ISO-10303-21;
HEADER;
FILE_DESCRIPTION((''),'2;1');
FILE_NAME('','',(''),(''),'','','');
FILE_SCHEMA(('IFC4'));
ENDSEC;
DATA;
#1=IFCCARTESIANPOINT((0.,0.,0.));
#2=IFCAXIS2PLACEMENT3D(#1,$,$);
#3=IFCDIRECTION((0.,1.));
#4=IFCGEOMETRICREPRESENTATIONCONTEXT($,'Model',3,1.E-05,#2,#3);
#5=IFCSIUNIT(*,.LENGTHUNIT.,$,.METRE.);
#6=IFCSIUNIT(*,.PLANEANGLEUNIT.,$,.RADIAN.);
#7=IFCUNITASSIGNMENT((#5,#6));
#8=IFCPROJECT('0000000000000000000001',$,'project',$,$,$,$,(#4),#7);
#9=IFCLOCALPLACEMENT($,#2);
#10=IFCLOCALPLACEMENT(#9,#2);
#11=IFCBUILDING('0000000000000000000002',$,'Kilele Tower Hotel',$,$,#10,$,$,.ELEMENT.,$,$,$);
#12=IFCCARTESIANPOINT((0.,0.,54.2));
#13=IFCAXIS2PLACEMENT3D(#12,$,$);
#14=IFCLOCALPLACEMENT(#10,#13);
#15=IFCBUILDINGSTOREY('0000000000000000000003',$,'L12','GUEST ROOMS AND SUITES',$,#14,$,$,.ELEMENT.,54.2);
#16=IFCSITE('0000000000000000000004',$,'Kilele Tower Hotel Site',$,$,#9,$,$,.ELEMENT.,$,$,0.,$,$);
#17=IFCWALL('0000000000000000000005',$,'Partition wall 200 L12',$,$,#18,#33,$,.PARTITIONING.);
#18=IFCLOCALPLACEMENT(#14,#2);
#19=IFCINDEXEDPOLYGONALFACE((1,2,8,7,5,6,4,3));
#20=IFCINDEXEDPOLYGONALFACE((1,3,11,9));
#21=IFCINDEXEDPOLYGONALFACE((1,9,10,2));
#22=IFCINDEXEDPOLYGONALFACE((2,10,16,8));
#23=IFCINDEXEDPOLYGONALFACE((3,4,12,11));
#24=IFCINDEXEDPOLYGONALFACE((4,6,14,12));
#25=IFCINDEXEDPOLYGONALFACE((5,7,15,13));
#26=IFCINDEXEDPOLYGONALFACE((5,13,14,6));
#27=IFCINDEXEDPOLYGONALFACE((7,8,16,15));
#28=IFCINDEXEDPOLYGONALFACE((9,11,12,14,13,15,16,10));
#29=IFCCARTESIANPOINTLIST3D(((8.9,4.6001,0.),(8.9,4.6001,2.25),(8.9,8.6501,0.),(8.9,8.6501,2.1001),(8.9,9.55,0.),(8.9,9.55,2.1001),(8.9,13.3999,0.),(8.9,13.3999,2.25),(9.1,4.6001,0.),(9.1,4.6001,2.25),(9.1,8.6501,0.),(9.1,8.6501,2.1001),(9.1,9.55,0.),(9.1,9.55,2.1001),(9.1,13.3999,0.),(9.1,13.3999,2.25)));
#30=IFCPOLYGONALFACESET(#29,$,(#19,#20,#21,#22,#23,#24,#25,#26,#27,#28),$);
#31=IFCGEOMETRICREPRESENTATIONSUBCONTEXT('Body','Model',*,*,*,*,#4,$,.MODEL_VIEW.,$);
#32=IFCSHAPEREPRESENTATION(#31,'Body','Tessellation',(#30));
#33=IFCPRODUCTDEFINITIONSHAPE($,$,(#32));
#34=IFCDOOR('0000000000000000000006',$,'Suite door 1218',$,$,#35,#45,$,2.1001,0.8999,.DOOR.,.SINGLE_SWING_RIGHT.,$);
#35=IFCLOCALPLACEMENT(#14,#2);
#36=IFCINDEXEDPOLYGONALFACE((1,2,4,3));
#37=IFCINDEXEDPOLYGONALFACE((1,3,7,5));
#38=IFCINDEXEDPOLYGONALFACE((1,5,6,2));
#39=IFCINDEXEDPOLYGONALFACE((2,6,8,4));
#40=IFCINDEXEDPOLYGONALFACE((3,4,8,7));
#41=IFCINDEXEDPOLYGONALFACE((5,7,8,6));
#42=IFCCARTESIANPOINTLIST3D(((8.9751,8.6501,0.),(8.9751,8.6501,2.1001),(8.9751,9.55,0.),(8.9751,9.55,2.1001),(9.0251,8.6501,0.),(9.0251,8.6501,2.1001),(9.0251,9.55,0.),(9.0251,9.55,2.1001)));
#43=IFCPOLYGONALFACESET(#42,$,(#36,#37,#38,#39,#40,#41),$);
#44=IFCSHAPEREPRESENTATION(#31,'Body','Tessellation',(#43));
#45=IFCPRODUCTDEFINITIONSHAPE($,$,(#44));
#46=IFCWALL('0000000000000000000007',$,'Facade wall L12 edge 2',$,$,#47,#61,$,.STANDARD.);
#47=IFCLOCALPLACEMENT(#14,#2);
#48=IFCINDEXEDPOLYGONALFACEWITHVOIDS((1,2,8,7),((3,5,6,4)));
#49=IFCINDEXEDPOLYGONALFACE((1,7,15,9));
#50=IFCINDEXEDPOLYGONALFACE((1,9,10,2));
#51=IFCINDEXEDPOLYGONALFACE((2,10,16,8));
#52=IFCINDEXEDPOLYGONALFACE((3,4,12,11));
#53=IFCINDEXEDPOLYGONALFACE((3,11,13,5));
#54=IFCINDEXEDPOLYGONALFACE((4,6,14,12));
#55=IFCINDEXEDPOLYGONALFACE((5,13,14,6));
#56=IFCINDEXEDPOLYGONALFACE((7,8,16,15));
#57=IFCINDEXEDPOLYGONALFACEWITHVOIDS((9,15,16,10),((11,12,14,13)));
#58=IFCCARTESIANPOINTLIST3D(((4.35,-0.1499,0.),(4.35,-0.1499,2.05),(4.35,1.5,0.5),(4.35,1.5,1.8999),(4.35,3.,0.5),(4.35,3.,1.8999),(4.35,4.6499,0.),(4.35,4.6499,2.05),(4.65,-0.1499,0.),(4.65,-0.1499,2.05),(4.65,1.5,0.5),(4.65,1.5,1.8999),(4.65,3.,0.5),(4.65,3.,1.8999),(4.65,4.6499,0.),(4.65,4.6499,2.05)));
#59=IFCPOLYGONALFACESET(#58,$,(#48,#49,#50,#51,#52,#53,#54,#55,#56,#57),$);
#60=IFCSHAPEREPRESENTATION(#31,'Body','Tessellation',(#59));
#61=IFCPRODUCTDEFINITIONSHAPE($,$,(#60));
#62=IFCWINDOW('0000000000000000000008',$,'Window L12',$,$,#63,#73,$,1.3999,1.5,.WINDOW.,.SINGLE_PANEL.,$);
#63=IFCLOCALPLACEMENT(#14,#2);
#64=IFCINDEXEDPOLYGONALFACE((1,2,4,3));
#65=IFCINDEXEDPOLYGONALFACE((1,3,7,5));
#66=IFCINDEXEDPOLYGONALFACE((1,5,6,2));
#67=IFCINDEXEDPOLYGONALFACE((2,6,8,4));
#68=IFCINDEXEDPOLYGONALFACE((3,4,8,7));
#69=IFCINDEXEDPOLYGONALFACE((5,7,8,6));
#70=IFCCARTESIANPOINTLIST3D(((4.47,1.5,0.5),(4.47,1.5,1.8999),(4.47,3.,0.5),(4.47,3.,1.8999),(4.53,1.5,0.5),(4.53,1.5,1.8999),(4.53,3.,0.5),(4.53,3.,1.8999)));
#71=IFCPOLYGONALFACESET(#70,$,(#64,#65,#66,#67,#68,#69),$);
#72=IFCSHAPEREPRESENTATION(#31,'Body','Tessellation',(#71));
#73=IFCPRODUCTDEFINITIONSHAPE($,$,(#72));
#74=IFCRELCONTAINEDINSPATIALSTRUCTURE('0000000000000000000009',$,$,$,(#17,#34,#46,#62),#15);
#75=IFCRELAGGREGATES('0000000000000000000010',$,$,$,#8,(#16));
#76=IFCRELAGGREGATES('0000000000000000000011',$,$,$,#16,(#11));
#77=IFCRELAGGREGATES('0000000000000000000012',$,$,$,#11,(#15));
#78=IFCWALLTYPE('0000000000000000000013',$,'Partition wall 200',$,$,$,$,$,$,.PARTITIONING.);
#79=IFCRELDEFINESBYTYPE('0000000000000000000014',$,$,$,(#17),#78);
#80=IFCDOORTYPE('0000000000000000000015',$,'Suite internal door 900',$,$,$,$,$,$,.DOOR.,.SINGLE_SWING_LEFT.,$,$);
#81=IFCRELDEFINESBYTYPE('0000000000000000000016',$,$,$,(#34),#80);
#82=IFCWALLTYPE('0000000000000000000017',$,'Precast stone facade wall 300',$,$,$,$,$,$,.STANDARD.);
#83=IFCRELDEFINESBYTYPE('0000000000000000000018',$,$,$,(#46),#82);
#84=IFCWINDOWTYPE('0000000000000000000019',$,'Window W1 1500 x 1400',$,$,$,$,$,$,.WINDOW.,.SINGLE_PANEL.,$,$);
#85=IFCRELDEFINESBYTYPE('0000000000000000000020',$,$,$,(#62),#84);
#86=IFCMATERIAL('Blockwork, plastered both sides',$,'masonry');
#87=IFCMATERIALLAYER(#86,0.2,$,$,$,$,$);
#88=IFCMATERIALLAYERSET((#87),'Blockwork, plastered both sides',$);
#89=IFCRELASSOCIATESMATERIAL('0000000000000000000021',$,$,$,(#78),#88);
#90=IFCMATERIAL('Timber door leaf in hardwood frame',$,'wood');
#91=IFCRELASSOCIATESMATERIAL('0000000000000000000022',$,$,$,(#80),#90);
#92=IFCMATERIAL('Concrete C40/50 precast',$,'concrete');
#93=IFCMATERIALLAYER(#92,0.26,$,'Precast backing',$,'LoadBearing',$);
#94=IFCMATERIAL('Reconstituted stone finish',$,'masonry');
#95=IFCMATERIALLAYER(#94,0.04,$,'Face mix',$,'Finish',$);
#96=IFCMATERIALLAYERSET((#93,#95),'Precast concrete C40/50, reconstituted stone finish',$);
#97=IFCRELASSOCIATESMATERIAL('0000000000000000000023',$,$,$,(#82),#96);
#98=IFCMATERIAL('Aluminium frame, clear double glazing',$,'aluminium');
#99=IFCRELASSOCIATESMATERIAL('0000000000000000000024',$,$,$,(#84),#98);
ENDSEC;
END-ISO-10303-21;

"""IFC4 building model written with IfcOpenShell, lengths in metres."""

from ifc_helpers import new_model, si_unit, direction, frame, frame_2d, origin, place, context, subcontext, project, spatial, rectangle, extrude, material, layer, layer_set, type_object, element, fill, save


model = new_model("IFC4")

# Units and contexts
model_context = context("Model", 3, precision=1e-05, world=origin(), true_north=direction((0.0, 1.0)))
body_context = subcontext(model_context, "Body", "Model", "MODEL_VIEW")
ifc_project = project(units=[si_unit("LENGTHUNIT", "METRE"), si_unit("PLANEANGLEUNIT", "RADIAN")], contexts=[model_context])

# Site, building, storey
site_placement = place(None, origin())
site = spatial("IfcSite", under=ifc_project, at=site_placement, Name="Kilele Tower Hotel Site", CompositionType="ELEMENT", RefElevation=0.0)
building_placement = place(site_placement, origin())
building = spatial("IfcBuilding", under=site, at=building_placement, Name="Kilele Tower Hotel", CompositionType="ELEMENT")
storey_placement = place(building_placement, frame((0.0, 0.0, 54.2)))
storey = spatial("IfcBuildingStorey", under=building, at=storey_placement, Name="L12", Description="GUEST ROOMS AND SUITES", CompositionType="ELEMENT", Elevation=54.2)

# Wall, opening, door
ifc_material_1 = material(Name="Blockwork, plastered both sides", Category="masonry")
ifc_layer_1 = layer(ifc_material_1, 0.2)
ifc_layer_set_1 = layer_set([ifc_layer_1], Name="Blockwork, plastered both sides")
wall_type_1 = type_object("IfcWallType", Name="Partition wall 200", PredefinedType="PARTITIONING", material=ifc_layer_set_1)
wall_1_placement = place(storey_placement, frame((9.0, 4.6001, 0.0), z_axis=(0.0, 0.0, 1.0), x_axis=(0.0, 1.0, 0.0)))
wall_1 = element("IfcWall", 1, at=wall_1_placement, inside=storey, type_object=wall_type_1, Name="Partition wall 200 L12", PredefinedType="PARTITIONING", context=body_context, shape_type="SweptSolid", body=[
    extrude(rectangle(XDim=8.7998, YDim=0.2, at=frame_2d((4.3999, 0.0))), origin(), (0.0, 0.0, 1.0), 2.25),
])
opening_1_placement = place(wall_1_placement, frame((4.05, 0.0, 0.0)))
opening_1 = element("IfcOpeningElement", 2, at=opening_1_placement, cuts=wall_1, PredefinedType="OPENING", context=body_context, shape_type="SweptSolid", body=[
    extrude(rectangle(XDim=0.8999, YDim=2.1001, at=frame_2d((0.45, 1.05))), frame((0.0, 0.1099, 0.0), z_axis=(0.0, -1.0, 0.0), x_axis=(1.0, 0.0, 0.0)), (0.0, 0.0, 1.0), 0.22),
])
ifc_material_2 = material(Name="Timber door leaf in hardwood frame", Category="wood")
door_type = type_object("IfcDoorType", Name="Suite internal door 900", OperationType="SINGLE_SWING_LEFT", PredefinedType="DOOR", material=ifc_material_2)
door_placement = place(opening_1_placement, origin())
door = element("IfcDoor", 3, at=door_placement, inside=storey, type_object=door_type, Name="Suite door 1218", OperationType="SINGLE_SWING_RIGHT", OverallHeight=2.1001, OverallWidth=0.8999, PredefinedType="DOOR", context=body_context, shape_type="SweptSolid", body=[
    extrude(rectangle(XDim=0.8999, YDim=2.1001, at=frame_2d((0.45, 1.05))), frame((0.0, 0.0249, 0.0), z_axis=(0.0, -1.0, 0.0), x_axis=(1.0, 0.0, 0.0)), (0.0, 0.0, 1.0), 0.05),
])
fill(opening_1, door)

# Wall, opening, window
ifc_material_3 = material(Name="Concrete C40/50 precast", Category="concrete")
ifc_layer_2 = layer(ifc_material_3, 0.26, Name="Precast backing", Category="LoadBearing")
ifc_material_4 = material(Name="Reconstituted stone finish", Category="masonry")
ifc_layer_3 = layer(ifc_material_4, 0.04, Name="Face mix", Category="Finish")
ifc_layer_set_2 = layer_set([ifc_layer_2, ifc_layer_3], Name="Precast concrete C40/50, reconstituted stone finish")
wall_type_2 = type_object("IfcWallType", Name="Precast stone facade wall 300", PredefinedType="STANDARD", material=ifc_layer_set_2)
wall_2_placement = place(storey_placement, frame((4.5, 4.6499, 0.0), z_axis=(0.0, 0.0, 1.0), x_axis=(0.0, -1.0, 0.0)))
wall_2 = element("IfcWall", 4, at=wall_2_placement, inside=storey, type_object=wall_type_2, Name="Facade wall L12 edge 2", PredefinedType="STANDARD", context=body_context, shape_type="SweptSolid", body=[
    extrude(rectangle(XDim=4.7998, YDim=0.3, at=frame_2d((2.3999, 0.0))), origin(), (0.0, 0.0, 1.0), 2.05),
])
opening_2_placement = place(wall_2_placement, frame((1.6499, 0.0, 0.5)))
opening_2 = element("IfcOpeningElement", 5, at=opening_2_placement, cuts=wall_2, PredefinedType="OPENING", context=body_context, shape_type="SweptSolid", body=[
    extrude(rectangle(XDim=1.5, YDim=1.3999, at=frame_2d((0.75, 0.7))), frame((0.0, 0.1599, 0.0), z_axis=(0.0, -1.0, 0.0), x_axis=(1.0, 0.0, 0.0)), (0.0, 0.0, 1.0), 0.3201),
])
ifc_material_5 = material(Name="Aluminium frame, clear double glazing", Category="aluminium")
window_type = type_object("IfcWindowType", Name="Window W1 1500 x 1400", PartitioningType="SINGLE_PANEL", PredefinedType="WINDOW", material=ifc_material_5)
window_placement = place(opening_2_placement, origin())
window = element("IfcWindow", 6, at=window_placement, inside=storey, type_object=window_type, Name="Window L12", OverallHeight=1.3999, OverallWidth=1.5, PartitioningType="SINGLE_PANEL", PredefinedType="WINDOW", context=body_context, shape_type="SweptSolid", body=[
    extrude(rectangle(XDim=1.5, YDim=1.3999, at=frame_2d((0.75, 0.7))), frame((0.0, 0.03, 0.0), z_axis=(0.0, -1.0, 0.0), x_axis=(1.0, 0.0, 0.0)), (0.0, 0.0, 1.0), 0.0601),
])
fill(opening_2, window)

save(model, "model.ifc")
